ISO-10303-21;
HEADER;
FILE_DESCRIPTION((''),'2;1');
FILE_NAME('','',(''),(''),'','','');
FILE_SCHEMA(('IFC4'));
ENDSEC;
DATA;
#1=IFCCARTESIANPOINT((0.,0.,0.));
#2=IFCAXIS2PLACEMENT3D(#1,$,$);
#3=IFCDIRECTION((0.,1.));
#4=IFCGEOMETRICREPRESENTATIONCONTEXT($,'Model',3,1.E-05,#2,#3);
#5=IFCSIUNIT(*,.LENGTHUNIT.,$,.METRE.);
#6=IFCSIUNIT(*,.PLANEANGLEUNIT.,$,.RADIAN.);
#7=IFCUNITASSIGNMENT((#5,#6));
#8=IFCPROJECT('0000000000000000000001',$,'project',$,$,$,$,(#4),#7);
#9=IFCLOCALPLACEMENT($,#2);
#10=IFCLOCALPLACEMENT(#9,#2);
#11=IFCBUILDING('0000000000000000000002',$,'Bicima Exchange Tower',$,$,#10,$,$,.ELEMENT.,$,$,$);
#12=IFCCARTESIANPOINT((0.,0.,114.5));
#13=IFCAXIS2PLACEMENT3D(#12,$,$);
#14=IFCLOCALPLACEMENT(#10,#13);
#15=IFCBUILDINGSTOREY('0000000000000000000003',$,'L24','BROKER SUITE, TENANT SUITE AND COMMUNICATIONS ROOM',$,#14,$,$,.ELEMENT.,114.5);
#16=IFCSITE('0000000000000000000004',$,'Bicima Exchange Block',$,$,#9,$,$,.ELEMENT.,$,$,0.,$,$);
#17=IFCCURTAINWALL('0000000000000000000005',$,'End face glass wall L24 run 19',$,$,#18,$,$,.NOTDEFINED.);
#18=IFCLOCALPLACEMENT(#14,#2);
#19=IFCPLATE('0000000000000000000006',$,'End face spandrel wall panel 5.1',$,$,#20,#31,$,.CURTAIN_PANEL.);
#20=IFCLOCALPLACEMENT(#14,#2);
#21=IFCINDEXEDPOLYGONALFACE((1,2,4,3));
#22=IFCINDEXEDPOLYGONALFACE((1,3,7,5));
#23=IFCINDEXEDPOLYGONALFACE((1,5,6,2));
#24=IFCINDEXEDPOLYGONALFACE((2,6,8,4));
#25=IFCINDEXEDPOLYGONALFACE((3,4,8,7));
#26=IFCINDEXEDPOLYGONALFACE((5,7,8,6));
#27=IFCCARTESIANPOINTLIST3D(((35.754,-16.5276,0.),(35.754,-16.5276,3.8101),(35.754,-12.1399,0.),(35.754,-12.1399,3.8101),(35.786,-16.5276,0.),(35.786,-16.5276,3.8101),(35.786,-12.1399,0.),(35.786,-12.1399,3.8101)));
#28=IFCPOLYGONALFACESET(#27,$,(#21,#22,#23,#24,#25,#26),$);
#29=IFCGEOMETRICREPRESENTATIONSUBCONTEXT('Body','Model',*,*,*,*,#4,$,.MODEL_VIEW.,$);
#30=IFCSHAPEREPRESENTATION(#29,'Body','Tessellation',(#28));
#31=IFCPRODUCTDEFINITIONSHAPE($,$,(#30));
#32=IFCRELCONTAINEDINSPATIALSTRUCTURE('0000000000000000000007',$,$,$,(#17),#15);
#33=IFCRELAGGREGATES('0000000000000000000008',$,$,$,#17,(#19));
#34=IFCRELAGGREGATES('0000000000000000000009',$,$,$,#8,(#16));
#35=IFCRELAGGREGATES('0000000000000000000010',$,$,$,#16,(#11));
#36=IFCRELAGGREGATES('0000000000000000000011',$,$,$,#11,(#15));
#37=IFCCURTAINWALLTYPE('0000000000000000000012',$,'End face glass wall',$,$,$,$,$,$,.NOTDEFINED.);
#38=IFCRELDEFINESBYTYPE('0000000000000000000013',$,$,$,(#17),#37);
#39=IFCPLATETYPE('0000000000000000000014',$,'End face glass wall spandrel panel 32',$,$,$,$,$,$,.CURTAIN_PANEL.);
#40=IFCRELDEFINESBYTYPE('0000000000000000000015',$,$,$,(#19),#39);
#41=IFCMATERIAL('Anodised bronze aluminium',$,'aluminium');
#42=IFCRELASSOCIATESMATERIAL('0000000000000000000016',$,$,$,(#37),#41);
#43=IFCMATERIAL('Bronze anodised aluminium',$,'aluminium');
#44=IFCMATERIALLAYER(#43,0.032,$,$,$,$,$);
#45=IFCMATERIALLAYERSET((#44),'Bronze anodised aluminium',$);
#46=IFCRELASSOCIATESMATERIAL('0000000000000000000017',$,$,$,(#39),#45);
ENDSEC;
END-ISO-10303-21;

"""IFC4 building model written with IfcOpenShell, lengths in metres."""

from ifc_helpers import new_model, si_unit, direction, frame, origin, origin_2d, place, context, subcontext, project, spatial, rectangle, extrude, material, layer, layer_set, type_object, element, aggregate, save


model = new_model("IFC4")

# Units and contexts
model_context = context("Model", 3, precision=1e-05, world=origin(), true_north=direction((0.0, 1.0)))
body_context = subcontext(model_context, "Body", "Model", "MODEL_VIEW")
ifc_project = project(units=[si_unit("LENGTHUNIT", "METRE"), si_unit("PLANEANGLEUNIT", "RADIAN")], contexts=[model_context])

# Site, building, storey
site_placement = place(None, origin())
site = spatial("IfcSite", under=ifc_project, at=site_placement, Name="Bicima Exchange Block", CompositionType="ELEMENT", RefElevation=0.0)
building_placement = place(site_placement, origin())
building = spatial("IfcBuilding", under=site, at=building_placement, Name="Bicima Exchange Tower", CompositionType="ELEMENT")
storey_placement = place(building_placement, frame((0.0, 0.0, 114.5)))
storey = spatial("IfcBuildingStorey", under=building, at=storey_placement, Name="L24", Description="BROKER SUITE, TENANT SUITE AND COMMUNICATIONS ROOM", CompositionType="ELEMENT", Elevation=114.5)

# Curtain wall
ifc_material_1 = material(Name="Anodised bronze aluminium", Category="aluminium")
curtain_wall_type = type_object("IfcCurtainWallType", Name="End face glass wall", PredefinedType="NOTDEFINED", material=ifc_material_1)
curtain_wall_placement = place(storey_placement, origin())
curtain_wall = element("IfcCurtainWall", 1, at=curtain_wall_placement, inside=storey, type_object=curtain_wall_type, Name="End face glass wall L24 run 19", PredefinedType="NOTDEFINED")

# Plate
ifc_material_2 = material(Name="Bronze anodised aluminium", Category="aluminium")
ifc_layer_1 = layer(ifc_material_2, 0.032)
ifc_layer_set_1 = layer_set([ifc_layer_1], Name="Bronze anodised aluminium")
plate_type_1 = type_object("IfcPlateType", Name="End face glass wall spandrel panel 32", PredefinedType="CURTAIN_PANEL", material=ifc_layer_set_1)
plate_1_placement = place(storey_placement, frame((35.77, -14.3337, 0.0), z_axis=(0.0, 0.0, 1.0), x_axis=(0.0, 1.0, 0.0)))
plate_1 = element("IfcPlate", 2, at=plate_1_placement, type_object=plate_type_1, Name="End face spandrel wall panel 5.1", PredefinedType="CURTAIN_PANEL", context=body_context, shape_type="SweptSolid", body=[
    extrude(rectangle(XDim=4.3877, YDim=0.032, at=origin_2d()), origin(), (0.0, 0.0, 1.0), 3.8101),
])
aggregate(curtain_wall, [plate_1])

save(model, "model.ifc")
